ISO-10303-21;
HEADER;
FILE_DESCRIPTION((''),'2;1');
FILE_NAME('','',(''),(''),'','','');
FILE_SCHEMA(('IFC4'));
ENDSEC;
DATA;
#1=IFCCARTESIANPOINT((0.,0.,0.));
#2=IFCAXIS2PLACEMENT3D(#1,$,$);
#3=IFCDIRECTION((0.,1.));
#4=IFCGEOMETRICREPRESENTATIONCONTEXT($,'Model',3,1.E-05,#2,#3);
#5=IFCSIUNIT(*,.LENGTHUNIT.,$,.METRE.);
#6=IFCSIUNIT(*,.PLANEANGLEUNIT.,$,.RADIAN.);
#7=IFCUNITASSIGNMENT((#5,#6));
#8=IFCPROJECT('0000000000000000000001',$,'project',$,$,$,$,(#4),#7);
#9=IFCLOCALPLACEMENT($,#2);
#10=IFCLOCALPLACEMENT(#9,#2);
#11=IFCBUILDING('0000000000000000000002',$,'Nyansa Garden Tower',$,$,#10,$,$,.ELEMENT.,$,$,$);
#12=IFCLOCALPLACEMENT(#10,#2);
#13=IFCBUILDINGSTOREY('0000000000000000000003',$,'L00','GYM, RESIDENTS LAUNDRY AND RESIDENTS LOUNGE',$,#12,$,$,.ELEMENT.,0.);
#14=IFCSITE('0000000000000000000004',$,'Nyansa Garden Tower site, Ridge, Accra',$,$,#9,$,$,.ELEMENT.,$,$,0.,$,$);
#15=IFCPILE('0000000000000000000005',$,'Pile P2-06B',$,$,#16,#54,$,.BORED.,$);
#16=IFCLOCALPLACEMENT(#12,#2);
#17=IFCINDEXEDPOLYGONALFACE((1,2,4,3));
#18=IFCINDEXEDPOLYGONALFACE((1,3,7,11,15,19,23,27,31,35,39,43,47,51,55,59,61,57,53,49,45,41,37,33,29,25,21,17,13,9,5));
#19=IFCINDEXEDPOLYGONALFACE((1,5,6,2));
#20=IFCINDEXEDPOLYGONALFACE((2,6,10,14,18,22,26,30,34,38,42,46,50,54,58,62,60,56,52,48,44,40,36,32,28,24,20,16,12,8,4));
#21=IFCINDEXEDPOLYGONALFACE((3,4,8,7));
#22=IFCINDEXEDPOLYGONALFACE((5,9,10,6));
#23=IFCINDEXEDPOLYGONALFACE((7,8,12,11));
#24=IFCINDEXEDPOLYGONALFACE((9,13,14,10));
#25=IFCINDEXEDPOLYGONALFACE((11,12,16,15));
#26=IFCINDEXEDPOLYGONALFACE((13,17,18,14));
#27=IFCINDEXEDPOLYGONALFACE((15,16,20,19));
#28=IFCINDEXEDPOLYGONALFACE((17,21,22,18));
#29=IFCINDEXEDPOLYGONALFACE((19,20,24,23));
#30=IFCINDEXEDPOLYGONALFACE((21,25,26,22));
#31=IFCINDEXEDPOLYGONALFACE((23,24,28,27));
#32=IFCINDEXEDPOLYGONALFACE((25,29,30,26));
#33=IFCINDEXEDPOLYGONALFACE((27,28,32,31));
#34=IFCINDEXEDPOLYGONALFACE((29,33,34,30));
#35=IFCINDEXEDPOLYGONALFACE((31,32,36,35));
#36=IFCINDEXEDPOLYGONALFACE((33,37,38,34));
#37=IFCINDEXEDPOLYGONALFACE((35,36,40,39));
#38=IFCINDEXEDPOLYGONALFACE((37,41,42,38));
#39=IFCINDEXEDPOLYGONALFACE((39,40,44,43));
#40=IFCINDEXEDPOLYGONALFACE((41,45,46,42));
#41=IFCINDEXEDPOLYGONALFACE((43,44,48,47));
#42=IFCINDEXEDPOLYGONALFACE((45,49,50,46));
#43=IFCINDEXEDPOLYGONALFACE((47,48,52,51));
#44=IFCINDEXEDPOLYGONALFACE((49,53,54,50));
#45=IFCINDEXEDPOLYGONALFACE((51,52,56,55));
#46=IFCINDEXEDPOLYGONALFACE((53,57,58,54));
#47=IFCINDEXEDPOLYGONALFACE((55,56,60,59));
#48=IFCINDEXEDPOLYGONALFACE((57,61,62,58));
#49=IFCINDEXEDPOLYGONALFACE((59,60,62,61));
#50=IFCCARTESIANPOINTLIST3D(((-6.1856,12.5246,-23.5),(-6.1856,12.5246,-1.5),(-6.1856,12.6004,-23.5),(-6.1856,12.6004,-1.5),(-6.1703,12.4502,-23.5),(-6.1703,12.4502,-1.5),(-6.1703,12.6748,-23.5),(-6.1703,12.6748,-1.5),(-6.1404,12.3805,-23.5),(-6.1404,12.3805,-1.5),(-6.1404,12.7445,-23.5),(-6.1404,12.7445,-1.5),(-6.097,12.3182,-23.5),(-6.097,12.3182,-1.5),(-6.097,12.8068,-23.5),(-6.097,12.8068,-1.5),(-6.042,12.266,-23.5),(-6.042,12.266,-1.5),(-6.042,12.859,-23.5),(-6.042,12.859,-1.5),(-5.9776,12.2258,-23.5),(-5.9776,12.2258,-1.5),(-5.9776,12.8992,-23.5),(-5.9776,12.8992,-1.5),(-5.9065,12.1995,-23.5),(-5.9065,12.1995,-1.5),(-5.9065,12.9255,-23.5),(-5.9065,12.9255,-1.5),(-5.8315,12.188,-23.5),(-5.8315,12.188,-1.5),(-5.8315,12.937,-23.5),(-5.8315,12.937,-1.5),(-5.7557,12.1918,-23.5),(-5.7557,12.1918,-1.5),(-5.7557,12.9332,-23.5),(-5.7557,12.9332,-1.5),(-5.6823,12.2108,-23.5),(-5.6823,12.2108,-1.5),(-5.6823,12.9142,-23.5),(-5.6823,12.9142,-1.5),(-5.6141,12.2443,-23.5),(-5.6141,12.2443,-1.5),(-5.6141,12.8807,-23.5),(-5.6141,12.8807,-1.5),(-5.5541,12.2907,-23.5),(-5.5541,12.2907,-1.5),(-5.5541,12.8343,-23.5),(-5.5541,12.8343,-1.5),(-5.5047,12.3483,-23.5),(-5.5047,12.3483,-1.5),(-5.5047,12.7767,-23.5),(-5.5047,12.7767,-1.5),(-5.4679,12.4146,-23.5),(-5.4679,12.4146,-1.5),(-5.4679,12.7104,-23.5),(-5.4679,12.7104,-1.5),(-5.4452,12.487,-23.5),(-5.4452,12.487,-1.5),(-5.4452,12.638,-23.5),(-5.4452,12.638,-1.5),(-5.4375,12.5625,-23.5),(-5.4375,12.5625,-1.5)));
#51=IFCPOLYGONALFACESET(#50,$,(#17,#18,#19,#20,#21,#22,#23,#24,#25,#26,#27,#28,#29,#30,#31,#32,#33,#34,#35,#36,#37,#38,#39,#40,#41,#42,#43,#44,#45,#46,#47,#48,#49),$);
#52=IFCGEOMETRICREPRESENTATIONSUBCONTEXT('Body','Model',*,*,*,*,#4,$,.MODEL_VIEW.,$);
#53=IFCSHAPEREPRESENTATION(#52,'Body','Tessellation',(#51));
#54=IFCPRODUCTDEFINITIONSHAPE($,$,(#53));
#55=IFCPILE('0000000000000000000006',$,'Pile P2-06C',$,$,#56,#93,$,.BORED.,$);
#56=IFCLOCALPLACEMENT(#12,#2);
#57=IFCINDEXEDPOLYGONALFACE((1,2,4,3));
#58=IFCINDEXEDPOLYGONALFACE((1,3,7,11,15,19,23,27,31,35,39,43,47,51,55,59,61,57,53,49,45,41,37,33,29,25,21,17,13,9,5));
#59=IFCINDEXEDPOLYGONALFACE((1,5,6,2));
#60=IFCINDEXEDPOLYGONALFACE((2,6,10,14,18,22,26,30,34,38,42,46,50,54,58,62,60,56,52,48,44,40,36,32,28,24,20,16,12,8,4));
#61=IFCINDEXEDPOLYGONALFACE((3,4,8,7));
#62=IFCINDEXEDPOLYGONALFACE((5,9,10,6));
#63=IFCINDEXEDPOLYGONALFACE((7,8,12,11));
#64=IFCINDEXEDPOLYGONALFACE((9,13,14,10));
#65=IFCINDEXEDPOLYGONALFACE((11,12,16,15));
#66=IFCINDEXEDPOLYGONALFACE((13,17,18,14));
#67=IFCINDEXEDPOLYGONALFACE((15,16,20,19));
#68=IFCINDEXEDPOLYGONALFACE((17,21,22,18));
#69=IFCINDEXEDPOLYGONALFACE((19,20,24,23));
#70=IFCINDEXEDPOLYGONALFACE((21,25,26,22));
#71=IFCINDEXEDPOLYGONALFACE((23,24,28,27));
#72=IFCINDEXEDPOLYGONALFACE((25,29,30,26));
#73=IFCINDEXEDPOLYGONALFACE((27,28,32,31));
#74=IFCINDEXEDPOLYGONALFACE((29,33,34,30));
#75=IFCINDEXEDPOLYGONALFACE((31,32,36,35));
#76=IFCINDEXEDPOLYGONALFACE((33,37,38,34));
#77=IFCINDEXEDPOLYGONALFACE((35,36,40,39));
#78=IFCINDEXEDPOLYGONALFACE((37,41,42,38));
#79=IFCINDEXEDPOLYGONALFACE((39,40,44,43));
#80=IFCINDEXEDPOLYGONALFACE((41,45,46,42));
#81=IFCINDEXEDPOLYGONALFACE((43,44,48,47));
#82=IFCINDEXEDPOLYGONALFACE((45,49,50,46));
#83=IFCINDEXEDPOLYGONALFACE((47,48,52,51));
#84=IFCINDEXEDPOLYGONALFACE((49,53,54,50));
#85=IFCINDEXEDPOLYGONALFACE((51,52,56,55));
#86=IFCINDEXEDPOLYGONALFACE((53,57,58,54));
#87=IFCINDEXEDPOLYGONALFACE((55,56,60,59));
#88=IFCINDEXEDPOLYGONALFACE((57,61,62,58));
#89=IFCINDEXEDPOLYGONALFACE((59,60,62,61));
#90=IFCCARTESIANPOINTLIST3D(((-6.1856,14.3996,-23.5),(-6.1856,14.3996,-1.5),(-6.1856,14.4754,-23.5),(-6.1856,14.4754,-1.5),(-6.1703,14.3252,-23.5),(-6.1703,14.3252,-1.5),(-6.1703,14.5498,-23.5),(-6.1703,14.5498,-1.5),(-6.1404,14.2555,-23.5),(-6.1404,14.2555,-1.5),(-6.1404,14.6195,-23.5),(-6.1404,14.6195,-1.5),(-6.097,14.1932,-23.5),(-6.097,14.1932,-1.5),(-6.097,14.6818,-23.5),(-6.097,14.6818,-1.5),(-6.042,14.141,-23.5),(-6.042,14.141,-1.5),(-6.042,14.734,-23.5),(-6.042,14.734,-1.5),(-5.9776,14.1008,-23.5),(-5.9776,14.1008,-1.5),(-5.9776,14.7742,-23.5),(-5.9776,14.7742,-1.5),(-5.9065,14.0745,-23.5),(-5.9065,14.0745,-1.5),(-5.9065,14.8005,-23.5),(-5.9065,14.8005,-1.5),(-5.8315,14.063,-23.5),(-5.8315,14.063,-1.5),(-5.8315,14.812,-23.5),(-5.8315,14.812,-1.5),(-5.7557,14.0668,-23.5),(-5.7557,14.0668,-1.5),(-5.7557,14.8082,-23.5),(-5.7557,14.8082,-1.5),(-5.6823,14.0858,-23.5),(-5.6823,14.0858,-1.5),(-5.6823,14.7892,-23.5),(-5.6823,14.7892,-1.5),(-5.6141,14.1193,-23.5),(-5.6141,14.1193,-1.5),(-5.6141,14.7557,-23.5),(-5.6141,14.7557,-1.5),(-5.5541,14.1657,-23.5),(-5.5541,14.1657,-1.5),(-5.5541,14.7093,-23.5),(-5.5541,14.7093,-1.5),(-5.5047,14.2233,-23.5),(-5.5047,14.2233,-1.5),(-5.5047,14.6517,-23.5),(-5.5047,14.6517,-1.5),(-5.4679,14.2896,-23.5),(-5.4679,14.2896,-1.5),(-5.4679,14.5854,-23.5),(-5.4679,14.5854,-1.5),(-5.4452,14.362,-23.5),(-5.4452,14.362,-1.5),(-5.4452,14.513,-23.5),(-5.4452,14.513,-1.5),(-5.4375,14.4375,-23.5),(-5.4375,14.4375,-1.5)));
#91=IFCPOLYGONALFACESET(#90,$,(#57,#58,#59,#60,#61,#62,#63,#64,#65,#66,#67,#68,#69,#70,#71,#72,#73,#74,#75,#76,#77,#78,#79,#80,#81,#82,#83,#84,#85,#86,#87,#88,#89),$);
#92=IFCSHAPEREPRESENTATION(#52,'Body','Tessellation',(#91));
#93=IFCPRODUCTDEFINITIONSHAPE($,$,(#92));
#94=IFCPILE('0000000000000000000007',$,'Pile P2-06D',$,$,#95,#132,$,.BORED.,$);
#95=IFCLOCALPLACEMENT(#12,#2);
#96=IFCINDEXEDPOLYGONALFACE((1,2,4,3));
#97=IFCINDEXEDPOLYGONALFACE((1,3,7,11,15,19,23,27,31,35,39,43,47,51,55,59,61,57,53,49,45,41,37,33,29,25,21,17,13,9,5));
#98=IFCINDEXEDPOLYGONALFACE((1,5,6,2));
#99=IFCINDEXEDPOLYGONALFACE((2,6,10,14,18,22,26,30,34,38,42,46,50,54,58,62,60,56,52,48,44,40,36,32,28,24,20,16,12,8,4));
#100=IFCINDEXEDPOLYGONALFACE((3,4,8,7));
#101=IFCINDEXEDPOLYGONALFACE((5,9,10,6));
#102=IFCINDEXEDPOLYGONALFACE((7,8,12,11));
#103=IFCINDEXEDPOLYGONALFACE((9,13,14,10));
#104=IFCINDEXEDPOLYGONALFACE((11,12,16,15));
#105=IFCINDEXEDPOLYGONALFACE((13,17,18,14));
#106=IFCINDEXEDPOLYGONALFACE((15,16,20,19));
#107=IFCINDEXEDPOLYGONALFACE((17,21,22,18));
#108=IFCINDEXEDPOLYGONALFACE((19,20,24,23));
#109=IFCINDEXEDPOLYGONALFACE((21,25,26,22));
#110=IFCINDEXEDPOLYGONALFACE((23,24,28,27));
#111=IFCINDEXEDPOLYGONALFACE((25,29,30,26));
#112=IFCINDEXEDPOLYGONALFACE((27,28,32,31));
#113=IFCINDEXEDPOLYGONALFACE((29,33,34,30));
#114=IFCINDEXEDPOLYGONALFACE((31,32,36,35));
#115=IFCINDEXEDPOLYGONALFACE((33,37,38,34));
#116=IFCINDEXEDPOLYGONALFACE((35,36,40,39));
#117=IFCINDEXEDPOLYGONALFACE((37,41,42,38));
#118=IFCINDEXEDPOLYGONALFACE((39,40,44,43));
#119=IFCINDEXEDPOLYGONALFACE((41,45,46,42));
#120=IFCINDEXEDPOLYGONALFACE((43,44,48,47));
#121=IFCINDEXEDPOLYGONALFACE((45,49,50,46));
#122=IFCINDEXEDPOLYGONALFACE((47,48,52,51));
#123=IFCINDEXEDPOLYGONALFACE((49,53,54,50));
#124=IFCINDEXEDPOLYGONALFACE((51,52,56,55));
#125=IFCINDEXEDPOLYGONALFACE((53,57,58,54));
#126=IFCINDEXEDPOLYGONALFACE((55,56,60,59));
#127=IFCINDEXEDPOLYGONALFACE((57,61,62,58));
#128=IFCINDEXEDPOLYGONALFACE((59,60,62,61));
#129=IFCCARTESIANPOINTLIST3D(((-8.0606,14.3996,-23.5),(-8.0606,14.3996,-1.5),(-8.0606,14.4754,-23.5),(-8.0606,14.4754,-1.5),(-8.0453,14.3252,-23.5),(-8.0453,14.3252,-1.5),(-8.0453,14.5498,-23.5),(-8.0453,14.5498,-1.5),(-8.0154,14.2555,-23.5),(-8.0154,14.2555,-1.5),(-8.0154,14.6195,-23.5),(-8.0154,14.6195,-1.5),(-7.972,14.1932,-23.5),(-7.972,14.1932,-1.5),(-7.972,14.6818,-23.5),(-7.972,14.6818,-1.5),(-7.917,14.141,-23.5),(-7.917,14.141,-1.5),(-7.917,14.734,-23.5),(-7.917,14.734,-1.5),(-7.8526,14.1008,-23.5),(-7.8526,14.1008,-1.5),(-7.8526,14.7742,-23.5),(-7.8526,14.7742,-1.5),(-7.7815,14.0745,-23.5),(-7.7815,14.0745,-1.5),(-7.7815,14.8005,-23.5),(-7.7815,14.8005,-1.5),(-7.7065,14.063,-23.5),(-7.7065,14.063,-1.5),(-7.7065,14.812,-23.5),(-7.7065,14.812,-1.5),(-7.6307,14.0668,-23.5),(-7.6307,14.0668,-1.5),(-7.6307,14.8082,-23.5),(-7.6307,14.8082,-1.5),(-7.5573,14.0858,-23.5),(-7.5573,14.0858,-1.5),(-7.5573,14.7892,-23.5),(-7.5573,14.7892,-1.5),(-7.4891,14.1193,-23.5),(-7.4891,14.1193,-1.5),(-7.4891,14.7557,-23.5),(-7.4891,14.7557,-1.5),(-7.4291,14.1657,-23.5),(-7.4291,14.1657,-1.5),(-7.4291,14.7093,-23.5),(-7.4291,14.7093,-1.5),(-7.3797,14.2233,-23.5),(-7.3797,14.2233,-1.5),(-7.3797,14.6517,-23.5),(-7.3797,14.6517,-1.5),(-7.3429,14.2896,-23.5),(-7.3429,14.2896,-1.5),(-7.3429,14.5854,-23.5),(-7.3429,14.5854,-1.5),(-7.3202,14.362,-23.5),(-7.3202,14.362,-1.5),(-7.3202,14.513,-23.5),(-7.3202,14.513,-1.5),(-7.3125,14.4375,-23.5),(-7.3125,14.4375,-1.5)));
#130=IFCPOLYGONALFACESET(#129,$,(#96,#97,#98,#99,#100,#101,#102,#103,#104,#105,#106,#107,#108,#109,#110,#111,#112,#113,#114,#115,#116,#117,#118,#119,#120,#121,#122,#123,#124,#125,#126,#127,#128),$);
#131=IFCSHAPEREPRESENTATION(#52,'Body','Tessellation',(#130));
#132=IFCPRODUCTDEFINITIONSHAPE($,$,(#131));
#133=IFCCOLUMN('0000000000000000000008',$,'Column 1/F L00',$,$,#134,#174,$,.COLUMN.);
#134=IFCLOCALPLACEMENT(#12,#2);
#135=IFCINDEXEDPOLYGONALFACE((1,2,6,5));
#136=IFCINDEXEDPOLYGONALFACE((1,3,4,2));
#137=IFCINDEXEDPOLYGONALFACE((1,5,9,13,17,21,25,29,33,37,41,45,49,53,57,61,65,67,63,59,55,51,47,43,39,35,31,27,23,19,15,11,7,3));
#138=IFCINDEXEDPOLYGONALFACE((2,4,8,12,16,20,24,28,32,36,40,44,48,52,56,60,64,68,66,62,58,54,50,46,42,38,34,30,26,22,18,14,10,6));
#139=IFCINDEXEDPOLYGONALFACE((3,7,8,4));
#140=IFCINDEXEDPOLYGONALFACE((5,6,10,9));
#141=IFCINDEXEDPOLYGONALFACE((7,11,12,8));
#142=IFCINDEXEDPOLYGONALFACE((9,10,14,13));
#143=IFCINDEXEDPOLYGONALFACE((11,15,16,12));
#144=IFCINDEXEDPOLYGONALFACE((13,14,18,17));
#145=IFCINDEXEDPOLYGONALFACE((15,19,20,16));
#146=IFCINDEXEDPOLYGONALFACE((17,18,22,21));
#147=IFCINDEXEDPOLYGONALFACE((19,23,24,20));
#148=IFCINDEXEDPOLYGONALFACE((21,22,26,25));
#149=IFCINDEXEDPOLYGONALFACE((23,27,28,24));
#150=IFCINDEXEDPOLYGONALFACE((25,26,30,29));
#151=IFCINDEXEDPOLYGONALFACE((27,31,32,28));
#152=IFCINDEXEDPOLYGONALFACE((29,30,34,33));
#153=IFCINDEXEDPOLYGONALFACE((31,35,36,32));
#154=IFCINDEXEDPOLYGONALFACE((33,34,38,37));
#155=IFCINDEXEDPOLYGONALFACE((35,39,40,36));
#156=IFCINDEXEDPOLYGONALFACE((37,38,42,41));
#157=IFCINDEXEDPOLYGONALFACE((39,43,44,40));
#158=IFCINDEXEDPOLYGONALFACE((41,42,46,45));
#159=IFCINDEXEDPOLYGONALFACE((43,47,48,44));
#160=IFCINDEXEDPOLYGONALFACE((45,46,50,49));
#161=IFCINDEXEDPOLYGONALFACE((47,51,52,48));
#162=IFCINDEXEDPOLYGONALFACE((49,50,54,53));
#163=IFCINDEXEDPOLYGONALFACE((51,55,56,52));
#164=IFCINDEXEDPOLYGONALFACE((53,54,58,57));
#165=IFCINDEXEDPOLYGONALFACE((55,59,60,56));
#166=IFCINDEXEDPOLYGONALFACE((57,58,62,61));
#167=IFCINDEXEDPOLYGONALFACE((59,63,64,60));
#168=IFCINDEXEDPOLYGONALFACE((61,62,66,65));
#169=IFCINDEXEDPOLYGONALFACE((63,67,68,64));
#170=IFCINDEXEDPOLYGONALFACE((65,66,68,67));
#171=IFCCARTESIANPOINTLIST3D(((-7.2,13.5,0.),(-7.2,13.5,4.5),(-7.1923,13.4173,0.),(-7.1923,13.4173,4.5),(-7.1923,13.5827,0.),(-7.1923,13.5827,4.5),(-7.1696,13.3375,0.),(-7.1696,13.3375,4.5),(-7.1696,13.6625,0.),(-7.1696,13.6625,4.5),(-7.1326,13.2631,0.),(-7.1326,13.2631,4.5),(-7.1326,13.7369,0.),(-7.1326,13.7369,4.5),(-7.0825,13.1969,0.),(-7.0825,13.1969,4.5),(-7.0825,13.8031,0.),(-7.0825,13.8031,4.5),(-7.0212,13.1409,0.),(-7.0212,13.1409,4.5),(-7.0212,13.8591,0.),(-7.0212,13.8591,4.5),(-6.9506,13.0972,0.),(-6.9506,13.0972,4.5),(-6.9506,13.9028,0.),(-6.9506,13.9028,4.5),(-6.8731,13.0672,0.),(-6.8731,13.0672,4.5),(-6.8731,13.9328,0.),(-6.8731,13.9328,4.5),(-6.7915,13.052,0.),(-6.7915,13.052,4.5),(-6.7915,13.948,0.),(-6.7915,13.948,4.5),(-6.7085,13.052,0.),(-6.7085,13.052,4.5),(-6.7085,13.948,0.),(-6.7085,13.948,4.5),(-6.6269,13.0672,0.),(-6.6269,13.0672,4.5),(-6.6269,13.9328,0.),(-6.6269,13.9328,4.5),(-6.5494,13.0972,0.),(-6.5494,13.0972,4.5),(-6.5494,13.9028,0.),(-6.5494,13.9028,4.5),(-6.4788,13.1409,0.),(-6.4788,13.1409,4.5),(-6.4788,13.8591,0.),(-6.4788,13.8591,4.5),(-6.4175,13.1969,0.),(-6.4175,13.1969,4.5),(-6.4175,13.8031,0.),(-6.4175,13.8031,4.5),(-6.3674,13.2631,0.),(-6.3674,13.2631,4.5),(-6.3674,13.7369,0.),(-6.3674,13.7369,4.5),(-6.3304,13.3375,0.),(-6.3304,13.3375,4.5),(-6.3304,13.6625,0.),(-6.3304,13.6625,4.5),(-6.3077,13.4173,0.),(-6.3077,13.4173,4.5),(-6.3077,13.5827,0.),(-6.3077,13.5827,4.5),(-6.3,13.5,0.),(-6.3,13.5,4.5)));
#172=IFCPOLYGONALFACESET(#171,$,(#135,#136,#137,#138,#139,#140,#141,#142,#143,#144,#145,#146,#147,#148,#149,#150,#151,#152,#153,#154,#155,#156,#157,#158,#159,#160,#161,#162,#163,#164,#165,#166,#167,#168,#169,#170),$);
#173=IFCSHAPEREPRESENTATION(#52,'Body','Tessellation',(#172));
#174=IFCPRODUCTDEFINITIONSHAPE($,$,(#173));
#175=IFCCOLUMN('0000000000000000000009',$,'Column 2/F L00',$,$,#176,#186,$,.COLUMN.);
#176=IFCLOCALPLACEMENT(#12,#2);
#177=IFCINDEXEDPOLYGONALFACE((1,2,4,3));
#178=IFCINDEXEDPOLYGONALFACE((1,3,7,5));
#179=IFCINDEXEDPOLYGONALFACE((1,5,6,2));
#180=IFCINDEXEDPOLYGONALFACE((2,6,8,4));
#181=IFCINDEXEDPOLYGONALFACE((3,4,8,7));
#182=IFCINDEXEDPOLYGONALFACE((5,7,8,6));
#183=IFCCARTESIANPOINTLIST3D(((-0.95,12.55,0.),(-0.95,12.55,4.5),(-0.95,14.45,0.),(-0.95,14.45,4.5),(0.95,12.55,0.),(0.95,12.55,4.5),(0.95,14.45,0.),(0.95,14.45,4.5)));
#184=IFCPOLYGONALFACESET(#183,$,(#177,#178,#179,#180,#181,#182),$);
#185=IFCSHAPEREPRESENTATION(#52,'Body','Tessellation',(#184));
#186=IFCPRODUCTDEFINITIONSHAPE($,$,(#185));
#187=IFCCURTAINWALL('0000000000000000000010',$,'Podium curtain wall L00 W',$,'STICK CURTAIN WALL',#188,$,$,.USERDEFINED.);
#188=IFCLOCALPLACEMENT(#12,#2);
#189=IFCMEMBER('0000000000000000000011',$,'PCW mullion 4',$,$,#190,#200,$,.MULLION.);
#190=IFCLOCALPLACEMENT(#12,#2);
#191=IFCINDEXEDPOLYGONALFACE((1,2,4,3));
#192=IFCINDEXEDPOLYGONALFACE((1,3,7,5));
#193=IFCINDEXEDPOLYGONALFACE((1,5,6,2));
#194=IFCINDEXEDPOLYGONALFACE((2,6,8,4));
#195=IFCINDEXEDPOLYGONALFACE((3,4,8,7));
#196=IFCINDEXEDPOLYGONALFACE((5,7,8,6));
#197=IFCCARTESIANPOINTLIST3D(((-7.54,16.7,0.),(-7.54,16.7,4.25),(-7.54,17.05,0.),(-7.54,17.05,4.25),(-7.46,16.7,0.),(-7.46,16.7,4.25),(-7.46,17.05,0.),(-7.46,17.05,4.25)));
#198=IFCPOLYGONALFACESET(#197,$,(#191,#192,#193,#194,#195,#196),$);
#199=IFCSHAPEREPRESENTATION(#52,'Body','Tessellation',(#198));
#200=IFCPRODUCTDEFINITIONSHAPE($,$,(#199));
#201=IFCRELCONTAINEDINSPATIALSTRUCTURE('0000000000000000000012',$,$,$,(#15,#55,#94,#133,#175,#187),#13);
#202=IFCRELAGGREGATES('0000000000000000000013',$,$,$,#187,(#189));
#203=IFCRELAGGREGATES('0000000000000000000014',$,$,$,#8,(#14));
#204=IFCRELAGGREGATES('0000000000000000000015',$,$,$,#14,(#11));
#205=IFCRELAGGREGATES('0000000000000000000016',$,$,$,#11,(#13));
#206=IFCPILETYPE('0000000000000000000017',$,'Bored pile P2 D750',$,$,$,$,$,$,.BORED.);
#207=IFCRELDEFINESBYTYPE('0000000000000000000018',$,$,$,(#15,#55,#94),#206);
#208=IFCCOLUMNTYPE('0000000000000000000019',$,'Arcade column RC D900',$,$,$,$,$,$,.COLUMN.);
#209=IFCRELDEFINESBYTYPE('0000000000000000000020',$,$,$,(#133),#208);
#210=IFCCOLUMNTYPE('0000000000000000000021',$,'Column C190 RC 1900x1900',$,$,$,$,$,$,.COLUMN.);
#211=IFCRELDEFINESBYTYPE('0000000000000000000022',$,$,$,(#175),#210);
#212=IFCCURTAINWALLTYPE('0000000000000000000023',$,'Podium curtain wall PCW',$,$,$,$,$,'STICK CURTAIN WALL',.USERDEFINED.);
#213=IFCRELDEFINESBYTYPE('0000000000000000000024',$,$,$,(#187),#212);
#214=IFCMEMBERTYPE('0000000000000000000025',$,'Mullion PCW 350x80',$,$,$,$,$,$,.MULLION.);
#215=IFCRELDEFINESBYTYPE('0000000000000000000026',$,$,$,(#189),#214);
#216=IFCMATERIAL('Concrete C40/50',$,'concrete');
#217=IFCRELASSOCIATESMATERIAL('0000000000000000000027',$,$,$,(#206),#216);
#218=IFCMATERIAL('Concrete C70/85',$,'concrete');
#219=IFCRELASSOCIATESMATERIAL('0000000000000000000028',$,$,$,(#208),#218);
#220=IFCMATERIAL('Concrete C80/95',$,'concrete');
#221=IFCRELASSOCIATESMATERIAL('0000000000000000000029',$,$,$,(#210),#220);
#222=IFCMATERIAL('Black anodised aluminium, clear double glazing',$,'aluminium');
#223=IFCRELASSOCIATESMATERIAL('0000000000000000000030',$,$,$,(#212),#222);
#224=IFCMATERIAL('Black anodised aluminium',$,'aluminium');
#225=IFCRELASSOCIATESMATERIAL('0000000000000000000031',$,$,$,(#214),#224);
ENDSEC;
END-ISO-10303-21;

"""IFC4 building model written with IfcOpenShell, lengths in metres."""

from ifc_helpers import new_model, si_unit, direction, frame, origin, origin_2d, place, context, subcontext, project, spatial, rectangle, circle, extrude, material, material_profile, profile_set, type_object, element, aggregate, save


model = new_model("IFC4")

# Units and contexts
model_context = context("Model", 3, precision=1e-05, world=origin(), true_north=direction((0.0, 1.0)))
body_context = subcontext(model_context, "Body", "Model", "MODEL_VIEW")
ifc_project = project(units=[si_unit("LENGTHUNIT", "METRE"), si_unit("PLANEANGLEUNIT", "RADIAN")], contexts=[model_context])

# Site, building, storey
site_placement = place(None, origin())
site = spatial("IfcSite", under=ifc_project, at=site_placement, Name="Nyansa Garden Tower site, Ridge, Accra", CompositionType="ELEMENT", RefElevation=0.0)
building_placement = place(site_placement, origin())
building = spatial("IfcBuilding", under=site, at=building_placement, Name="Nyansa Garden Tower", CompositionType="ELEMENT")
storey_placement = place(building_placement, origin())
storey = spatial("IfcBuildingStorey", under=building, at=storey_placement, Name="L00", Description="GYM, RESIDENTS LAUNDRY AND RESIDENTS LOUNGE", CompositionType="ELEMENT", Elevation=0.0)

# Piles
ifc_material_1 = material(Name="Concrete C40/50", Category="concrete")
pile_type_1 = type_object("IfcPileType", Name="Bored pile P2 D750", PredefinedType="BORED", material=ifc_material_1)
for number, where, z_axis, x_axis, name in (
    (1, (-5.8125, 12.5625, -1.5), (0.0, 0.0, -1.0), (1.0, 0.0, 0.0), "Pile P2-06B"),
    (2, (-5.8125, 14.4375, -1.5), (0.0, 0.0, -1.0), (1.0, 0.0, 0.0), "Pile P2-06C"),
    (3, (-7.6875, 14.4375, -1.5), (0.0, 0.0, -1.0), (1.0, 0.0, 0.0), "Pile P2-06D"),
):
    element("IfcPile", number, at=place(storey_placement, frame(where, z_axis=z_axis, x_axis=x_axis)), inside=storey, type_object=pile_type_1, Name=name, PredefinedType="BORED", context=body_context, shape_type="SweptSolid", body=[
        extrude(circle(Radius=0.375, at=origin_2d()), origin(), (0.0, 0.0, 1.0), 22.0),
    ])

# Columns
ifc_material_2 = material(Name="Concrete C70/85", Category="concrete")
ifc_material_profile_1 = material_profile(ifc_material_2, circle(Radius=0.45, at=origin_2d()), Name="RC D900")
ifc_profile_set_1 = profile_set([ifc_material_profile_1], Name="Concrete C70/85")
column_type_1 = type_object("IfcColumnType", Name="Arcade column RC D900", PredefinedType="COLUMN", material=ifc_profile_set_1)
column_1_placement = place(storey_placement, frame((-6.75, 13.5, 0.0), z_axis=(0.0, 0.0, 1.0), x_axis=(1.0, 0.0, 0.0)))
element("IfcColumn", 4, at=column_1_placement, inside=storey, type_object=column_type_1, Name="Column 1/F L00", PredefinedType="COLUMN", context=body_context, shape_type="SweptSolid", body=[
    extrude(circle(Radius=0.45, at=origin_2d()), origin(), (0.0, 0.0, 1.0), 4.5),
])
ifc_material_3 = material(Name="Concrete C80/95", Category="concrete")
ifc_material_profile_2 = material_profile(ifc_material_3, rectangle(XDim=1.8999, YDim=1.8999, at=origin_2d()), Name="RC 1900x1900")
ifc_profile_set_2 = profile_set([ifc_material_profile_2], Name="Concrete C80/95")
column_type_2 = type_object("IfcColumnType", Name="Column C190 RC 1900x1900", PredefinedType="COLUMN", material=ifc_profile_set_2)
column_2_placement = place(storey_placement, frame((0.0, 13.5, 0.0), z_axis=(0.0, 0.0, 1.0), x_axis=(1.0, 0.0, 0.0)))
element("IfcColumn", 5, at=column_2_placement, inside=storey, type_object=column_type_2, Name="Column 2/F L00", PredefinedType="COLUMN", context=body_context, shape_type="SweptSolid", body=[
    extrude(rectangle(XDim=1.8999, YDim=1.8999, at=origin_2d()), origin(), (0.0, 0.0, 1.0), 4.5),
])

# Curtain wall, member
ifc_material_4 = material(Name="Black anodised aluminium, clear double glazing", Category="aluminium")
curtain_wall_type = type_object("IfcCurtainWallType", Name="Podium curtain wall PCW", ElementType="STICK CURTAIN WALL", PredefinedType="USERDEFINED", material=ifc_material_4)
curtain_wall_placement = place(storey_placement, origin())
curtain_wall = element("IfcCurtainWall", 6, at=curtain_wall_placement, inside=storey, type_object=curtain_wall_type, Name="Podium curtain wall L00 W", ObjectType="STICK CURTAIN WALL", PredefinedType="USERDEFINED")
ifc_material_5 = material(Name="Black anodised aluminium", Category="aluminium")
ifc_material_profile_3 = material_profile(ifc_material_5, rectangle(XDim=0.0801, YDim=0.3501, at=origin_2d()), Name="Mullion 350x80")
ifc_profile_set_3 = profile_set([ifc_material_profile_3], Name="Black anodised aluminium")
member_type_1 = type_object("IfcMemberType", Name="Mullion PCW 350x80", PredefinedType="MULLION", material=ifc_profile_set_3)
member_1_placement = place(storey_placement, frame((-7.5, 16.875, 0.0), z_axis=(0.0, 0.0, 1.0), x_axis=(1.0, 0.0, 0.0)))
member_1 = element("IfcMember", 7, at=member_1_placement, type_object=member_type_1, Name="PCW mullion 4", PredefinedType="MULLION", context=body_context, shape_type="SweptSolid", body=[
    extrude(rectangle(XDim=0.0801, YDim=0.3501, at=origin_2d()), origin(), (0.0, 0.0, 1.0), 4.25),
])

aggregate(curtain_wall, [member_1])

save(model, "model.ifc")
